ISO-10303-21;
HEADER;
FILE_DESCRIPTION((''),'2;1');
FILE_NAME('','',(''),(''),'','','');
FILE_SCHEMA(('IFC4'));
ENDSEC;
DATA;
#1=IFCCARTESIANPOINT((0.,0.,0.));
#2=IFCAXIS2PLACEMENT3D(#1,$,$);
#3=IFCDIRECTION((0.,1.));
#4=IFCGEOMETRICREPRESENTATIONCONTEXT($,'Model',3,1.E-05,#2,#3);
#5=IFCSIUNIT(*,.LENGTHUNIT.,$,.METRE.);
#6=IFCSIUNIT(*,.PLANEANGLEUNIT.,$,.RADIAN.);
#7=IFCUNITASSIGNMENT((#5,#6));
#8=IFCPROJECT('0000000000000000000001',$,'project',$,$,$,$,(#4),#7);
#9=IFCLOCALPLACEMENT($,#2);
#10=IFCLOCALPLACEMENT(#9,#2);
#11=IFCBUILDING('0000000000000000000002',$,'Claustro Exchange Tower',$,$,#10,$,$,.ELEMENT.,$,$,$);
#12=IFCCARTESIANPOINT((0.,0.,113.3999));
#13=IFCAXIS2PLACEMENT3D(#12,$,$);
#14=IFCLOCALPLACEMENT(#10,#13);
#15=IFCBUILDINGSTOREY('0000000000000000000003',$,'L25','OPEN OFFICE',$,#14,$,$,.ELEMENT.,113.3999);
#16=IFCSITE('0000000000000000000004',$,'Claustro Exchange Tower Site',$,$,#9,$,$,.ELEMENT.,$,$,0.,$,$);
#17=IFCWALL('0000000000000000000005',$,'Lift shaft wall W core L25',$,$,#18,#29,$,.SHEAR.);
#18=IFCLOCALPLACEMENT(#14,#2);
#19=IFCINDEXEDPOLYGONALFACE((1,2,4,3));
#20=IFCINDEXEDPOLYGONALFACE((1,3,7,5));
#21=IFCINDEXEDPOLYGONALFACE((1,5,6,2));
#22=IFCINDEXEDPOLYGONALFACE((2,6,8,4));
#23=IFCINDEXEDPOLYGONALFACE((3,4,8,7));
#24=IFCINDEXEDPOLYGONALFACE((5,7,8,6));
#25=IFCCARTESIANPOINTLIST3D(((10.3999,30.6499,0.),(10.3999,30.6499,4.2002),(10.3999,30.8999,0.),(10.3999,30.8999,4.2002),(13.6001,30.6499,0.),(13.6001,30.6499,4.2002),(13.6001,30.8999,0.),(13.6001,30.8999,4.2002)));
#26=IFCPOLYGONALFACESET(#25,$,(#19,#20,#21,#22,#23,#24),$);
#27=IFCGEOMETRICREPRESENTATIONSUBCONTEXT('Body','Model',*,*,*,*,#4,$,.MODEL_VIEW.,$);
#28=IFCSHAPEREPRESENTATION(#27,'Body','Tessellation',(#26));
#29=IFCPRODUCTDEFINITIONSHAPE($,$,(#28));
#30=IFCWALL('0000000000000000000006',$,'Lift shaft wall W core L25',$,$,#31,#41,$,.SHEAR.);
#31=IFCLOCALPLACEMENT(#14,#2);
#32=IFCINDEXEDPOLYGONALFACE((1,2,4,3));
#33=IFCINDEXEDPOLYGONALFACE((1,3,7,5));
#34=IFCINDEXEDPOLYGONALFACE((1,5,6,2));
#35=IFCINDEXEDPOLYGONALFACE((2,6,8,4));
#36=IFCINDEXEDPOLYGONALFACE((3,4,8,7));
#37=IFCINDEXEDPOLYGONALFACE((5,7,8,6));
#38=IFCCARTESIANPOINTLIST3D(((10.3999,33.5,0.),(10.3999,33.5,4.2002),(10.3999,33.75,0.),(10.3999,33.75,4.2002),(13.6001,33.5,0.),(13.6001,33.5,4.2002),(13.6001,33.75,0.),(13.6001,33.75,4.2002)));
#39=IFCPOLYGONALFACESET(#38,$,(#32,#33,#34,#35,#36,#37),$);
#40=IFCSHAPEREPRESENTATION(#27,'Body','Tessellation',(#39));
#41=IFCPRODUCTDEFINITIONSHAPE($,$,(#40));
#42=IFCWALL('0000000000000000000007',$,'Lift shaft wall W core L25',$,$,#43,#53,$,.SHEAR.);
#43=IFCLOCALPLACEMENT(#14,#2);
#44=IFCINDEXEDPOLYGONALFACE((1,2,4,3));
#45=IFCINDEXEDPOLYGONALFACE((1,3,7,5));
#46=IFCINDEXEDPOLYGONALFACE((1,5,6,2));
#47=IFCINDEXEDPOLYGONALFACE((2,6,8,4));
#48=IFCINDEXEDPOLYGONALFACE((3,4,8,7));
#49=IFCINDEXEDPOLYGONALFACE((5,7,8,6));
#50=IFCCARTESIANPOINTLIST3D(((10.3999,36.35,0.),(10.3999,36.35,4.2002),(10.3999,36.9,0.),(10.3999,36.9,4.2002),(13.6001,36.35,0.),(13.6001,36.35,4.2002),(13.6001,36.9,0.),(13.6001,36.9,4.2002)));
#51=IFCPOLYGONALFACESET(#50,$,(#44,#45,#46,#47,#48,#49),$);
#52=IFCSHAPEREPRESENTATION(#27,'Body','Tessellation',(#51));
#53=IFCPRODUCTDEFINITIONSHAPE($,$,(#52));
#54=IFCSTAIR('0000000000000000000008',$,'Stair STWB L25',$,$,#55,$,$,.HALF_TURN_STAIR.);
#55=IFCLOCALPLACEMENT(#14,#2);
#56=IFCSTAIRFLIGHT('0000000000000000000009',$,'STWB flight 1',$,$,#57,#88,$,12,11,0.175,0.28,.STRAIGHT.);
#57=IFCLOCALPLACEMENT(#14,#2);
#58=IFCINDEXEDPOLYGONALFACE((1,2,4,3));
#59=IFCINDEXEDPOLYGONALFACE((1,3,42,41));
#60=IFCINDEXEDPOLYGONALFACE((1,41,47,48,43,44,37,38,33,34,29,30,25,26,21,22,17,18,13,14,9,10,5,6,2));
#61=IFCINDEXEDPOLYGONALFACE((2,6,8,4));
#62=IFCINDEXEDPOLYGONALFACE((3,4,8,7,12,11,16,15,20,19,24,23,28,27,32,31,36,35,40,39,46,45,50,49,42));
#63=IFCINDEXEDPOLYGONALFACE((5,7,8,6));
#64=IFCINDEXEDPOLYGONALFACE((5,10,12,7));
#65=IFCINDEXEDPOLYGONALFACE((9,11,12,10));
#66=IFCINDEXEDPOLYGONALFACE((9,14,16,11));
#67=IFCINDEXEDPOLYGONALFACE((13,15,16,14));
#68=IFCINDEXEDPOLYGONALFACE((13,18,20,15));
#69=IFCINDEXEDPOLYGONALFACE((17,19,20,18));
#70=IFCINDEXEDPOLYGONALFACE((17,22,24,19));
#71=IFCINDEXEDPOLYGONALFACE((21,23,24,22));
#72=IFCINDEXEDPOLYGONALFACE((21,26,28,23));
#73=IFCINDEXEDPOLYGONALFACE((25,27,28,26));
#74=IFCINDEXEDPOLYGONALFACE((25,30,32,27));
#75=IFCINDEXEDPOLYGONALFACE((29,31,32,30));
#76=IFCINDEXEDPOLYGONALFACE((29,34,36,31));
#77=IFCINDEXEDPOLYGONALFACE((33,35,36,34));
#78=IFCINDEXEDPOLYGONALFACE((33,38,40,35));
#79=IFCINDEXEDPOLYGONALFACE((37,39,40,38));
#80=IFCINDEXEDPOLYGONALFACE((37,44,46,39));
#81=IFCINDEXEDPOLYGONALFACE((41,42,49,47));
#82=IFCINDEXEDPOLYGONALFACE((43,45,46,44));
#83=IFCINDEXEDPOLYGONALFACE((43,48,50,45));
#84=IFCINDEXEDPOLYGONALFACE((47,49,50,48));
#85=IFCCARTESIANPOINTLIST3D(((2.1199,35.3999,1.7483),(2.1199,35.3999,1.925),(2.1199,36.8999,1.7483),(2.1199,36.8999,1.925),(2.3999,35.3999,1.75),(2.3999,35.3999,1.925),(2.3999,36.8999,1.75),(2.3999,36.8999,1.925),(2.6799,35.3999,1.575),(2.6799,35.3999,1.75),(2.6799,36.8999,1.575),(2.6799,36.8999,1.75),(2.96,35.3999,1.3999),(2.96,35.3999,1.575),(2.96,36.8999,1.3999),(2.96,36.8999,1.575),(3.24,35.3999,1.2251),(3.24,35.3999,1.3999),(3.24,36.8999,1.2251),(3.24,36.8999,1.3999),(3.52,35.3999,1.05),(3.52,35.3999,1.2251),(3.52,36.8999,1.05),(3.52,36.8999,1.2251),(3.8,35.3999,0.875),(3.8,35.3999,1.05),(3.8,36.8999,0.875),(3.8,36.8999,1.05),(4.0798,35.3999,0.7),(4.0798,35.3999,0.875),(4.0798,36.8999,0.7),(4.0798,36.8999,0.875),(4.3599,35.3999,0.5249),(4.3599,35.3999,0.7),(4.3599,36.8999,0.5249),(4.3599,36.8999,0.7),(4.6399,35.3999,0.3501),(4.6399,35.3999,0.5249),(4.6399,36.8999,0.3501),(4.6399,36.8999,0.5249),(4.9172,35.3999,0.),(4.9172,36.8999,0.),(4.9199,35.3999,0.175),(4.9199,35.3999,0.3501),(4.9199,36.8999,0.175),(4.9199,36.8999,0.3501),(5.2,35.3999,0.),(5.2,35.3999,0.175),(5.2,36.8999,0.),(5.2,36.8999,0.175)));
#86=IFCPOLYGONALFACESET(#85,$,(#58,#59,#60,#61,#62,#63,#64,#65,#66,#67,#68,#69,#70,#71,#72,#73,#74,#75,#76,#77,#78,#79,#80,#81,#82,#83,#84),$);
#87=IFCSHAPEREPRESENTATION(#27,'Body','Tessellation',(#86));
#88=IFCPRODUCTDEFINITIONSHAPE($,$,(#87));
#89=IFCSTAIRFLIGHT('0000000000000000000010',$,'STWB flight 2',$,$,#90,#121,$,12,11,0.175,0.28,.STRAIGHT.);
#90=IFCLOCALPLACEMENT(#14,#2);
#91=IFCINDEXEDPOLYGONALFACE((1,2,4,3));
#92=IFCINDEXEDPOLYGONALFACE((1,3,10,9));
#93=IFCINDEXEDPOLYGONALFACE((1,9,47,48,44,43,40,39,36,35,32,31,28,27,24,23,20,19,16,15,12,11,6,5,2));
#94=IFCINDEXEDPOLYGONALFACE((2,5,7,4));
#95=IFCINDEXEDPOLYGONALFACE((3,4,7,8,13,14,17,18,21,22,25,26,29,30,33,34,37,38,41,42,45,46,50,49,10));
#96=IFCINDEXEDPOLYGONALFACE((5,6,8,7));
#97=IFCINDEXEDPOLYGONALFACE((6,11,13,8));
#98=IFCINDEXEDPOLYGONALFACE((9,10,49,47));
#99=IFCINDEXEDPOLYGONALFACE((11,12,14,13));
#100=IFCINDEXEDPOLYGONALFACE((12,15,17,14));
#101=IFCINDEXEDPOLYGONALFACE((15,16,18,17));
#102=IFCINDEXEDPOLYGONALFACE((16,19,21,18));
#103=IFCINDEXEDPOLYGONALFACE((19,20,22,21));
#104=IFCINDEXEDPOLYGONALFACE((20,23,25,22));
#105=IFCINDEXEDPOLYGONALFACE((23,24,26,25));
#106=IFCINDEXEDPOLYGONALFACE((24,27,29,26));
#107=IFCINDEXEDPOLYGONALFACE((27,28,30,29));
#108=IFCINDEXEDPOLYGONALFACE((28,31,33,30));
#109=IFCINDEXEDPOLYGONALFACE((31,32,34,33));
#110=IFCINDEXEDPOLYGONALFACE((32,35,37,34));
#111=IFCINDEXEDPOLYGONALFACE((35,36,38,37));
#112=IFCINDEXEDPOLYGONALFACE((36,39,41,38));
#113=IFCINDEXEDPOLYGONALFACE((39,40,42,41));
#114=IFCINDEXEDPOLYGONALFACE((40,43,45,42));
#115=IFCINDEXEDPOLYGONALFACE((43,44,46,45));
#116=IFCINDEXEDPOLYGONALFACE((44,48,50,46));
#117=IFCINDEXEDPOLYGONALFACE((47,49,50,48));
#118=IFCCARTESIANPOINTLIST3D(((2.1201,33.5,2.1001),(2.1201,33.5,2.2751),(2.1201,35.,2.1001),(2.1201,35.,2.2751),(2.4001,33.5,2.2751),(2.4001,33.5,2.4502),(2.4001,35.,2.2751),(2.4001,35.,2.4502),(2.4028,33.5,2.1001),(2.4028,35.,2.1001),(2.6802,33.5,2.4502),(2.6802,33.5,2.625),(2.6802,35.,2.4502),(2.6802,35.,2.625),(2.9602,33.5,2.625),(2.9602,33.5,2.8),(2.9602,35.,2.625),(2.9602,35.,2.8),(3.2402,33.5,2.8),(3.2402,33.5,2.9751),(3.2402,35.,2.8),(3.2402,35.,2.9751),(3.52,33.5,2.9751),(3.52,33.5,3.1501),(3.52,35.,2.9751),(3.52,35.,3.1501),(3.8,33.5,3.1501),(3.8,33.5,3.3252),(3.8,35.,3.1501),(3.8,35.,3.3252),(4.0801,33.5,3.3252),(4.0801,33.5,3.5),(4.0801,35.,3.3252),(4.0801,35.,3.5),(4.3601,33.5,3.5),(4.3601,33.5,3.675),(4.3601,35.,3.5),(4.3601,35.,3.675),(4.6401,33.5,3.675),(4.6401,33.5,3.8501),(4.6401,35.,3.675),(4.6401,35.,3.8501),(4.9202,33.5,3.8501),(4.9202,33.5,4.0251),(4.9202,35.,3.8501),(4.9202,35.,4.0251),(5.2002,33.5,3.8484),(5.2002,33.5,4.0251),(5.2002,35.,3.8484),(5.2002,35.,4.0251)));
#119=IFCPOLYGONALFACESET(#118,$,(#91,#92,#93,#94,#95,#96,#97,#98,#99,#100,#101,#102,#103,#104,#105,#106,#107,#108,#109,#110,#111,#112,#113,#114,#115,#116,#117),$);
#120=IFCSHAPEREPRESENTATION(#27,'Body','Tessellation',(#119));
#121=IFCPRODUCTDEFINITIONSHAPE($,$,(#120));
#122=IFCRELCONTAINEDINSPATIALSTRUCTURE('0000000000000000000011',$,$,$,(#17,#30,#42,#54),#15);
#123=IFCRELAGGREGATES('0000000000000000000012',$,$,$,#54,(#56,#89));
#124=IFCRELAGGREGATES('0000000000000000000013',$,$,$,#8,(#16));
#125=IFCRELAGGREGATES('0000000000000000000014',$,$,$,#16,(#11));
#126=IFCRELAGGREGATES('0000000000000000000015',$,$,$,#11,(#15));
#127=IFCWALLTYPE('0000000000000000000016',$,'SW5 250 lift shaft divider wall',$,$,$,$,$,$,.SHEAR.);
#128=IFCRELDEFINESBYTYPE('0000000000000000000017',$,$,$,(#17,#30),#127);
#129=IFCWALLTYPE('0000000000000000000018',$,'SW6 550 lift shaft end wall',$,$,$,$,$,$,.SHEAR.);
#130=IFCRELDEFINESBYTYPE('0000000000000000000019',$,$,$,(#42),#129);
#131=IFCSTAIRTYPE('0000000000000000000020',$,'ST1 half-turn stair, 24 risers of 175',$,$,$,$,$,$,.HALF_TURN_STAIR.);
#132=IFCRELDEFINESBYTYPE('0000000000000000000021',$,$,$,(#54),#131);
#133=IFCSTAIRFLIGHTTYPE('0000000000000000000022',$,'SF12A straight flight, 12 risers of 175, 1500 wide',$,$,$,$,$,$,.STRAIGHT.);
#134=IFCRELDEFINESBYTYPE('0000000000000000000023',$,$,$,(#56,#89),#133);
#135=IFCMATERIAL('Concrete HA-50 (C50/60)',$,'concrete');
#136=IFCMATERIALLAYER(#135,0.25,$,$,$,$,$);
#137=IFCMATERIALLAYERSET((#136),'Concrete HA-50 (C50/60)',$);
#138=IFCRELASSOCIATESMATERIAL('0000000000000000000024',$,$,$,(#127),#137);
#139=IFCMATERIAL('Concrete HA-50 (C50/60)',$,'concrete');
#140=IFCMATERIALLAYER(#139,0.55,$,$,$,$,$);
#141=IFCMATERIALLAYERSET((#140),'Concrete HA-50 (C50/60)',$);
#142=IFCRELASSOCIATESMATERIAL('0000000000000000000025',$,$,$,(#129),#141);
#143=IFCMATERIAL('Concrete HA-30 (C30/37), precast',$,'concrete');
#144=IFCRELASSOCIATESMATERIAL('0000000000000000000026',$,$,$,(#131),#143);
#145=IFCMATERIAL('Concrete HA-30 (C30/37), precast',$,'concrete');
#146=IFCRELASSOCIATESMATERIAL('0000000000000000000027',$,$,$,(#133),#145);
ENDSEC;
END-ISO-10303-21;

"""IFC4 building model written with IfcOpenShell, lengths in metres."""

from ifc_helpers import new_model, si_unit, direction, frame, frame_2d, origin, place, context, subcontext, project, spatial, polyline, rectangle, outline, extrude, material, layer, layer_set, type_object, element, aggregate, save


model = new_model("IFC4")

# Units and contexts
model_context = context("Model", 3, precision=1e-05, world=origin(), true_north=direction((0.0, 1.0)))
body_context = subcontext(model_context, "Body", "Model", "MODEL_VIEW")
ifc_project = project(units=[si_unit("LENGTHUNIT", "METRE"), si_unit("PLANEANGLEUNIT", "RADIAN")], contexts=[model_context])

# Site, building, storey
site_placement = place(None, origin())
site = spatial("IfcSite", under=ifc_project, at=site_placement, Name="Claustro Exchange Tower Site", CompositionType="ELEMENT", RefElevation=0.0)
building_placement = place(site_placement, origin())
building = spatial("IfcBuilding", under=site, at=building_placement, Name="Claustro Exchange Tower", CompositionType="ELEMENT")
storey_placement = place(building_placement, frame((0.0, 0.0, 113.3999)))
storey = spatial("IfcBuildingStorey", under=building, at=storey_placement, Name="L25", Description="OPEN OFFICE", CompositionType="ELEMENT", Elevation=113.3999)

# Walls
ifc_material_1 = material(Name="Concrete HA-50 (C50/60)", Category="concrete")
ifc_layer_1 = layer(ifc_material_1, 0.25)
ifc_layer_set_1 = layer_set([ifc_layer_1], Name="Concrete HA-50 (C50/60)")
wall_type_1 = type_object("IfcWallType", Name="SW5 250 lift shaft divider wall", PredefinedType="SHEAR", material=ifc_layer_set_1)
for number, where, z_axis, x_axis, name in (
    (1, (10.3999, 30.7749, 0.0), (0.0, 0.0, 1.0), (1.0, 0.0, 0.0), "Lift shaft wall W core L25"),
    (2, (10.3999, 33.625, 0.0), (0.0, 0.0, 1.0), (1.0, 0.0, 0.0), "Lift shaft wall W core L25"),
):
    element("IfcWall", number, at=place(storey_placement, frame(where, z_axis=z_axis, x_axis=x_axis)), inside=storey, type_object=wall_type_1, Name=name, PredefinedType="SHEAR", context=body_context, shape_type="SweptSolid", body=[
        extrude(rectangle(XDim=3.2002, YDim=0.25, at=frame_2d((1.6001, 0.0))), origin(), (0.0, 0.0, 1.0), 4.2002),
    ])
ifc_material_2 = material(Name="Concrete HA-50 (C50/60)", Category="concrete")
ifc_layer_2 = layer(ifc_material_2, 0.55)
ifc_layer_set_2 = layer_set([ifc_layer_2], Name="Concrete HA-50 (C50/60)")
wall_type_2 = type_object("IfcWallType", Name="SW6 550 lift shaft end wall", PredefinedType="SHEAR", material=ifc_layer_set_2)
wall_1_placement = place(storey_placement, frame((10.3999, 36.625, 0.0), z_axis=(0.0, 0.0, 1.0), x_axis=(1.0, 0.0, 0.0)))
element("IfcWall", 3, at=wall_1_placement, inside=storey, type_object=wall_type_2, Name="Lift shaft wall W core L25", PredefinedType="SHEAR", context=body_context, shape_type="SweptSolid", body=[
    extrude(rectangle(XDim=3.2002, YDim=0.55, at=frame_2d((1.6001, 0.0))), origin(), (0.0, 0.0, 1.0), 4.2002),
])

# Stair, stair flights
ifc_material_3 = material(Name="Concrete HA-30 (C30/37), precast", Category="concrete")
stair_type = type_object("IfcStairType", Name="ST1 half-turn stair, 24 risers of 175", PredefinedType="HALF_TURN_STAIR", material=ifc_material_3)
stair_placement = place(storey_placement, origin())
stair = element("IfcStair", 4, at=stair_placement, inside=storey, type_object=stair_type, Name="Stair STWB L25", PredefinedType="HALF_TURN_STAIR")
ifc_material_4 = material(Name="Concrete HA-30 (C30/37), precast", Category="concrete")
stair_flight_type = type_object("IfcStairFlightType", Name="SF12A straight flight, 12 risers of 175, 1500 wide", PredefinedType="STRAIGHT", material=ifc_material_4)
stair_flight_1_placement = place(storey_placement, frame((5.2, 36.1499, 0.0), z_axis=(0.0, 0.0, 1.0), x_axis=(-1.0, 0.0, 0.0)))
stair_flight_1 = element("IfcStairFlight", 5, at=stair_flight_1_placement, type_object=stair_flight_type, Name="STWB flight 1", NumberOfRisers=12, NumberOfTreads=11, PredefinedType="STRAIGHT", RiserHeight=0.175, TreadLength=0.28, context=body_context, shape_type="SweptSolid", body=[
    extrude(outline(polyline([(0.0, 0.0), (0.0, 0.175), (0.28, 0.175), (0.28, 0.3501), (0.5601, 0.3501), (0.5601, 0.5249), (0.8401, 0.5249), (0.8401, 0.7), (1.1201, 0.7), (1.1201, 0.875), (1.3999, 0.875), (1.3999, 1.05), (1.6799, 1.05), (1.6799, 1.2251), (1.96, 1.2251), (1.96, 1.3999), (2.24, 1.3999), (2.24, 1.575), (2.52, 1.575), (2.52, 1.75), (2.8, 1.75), (2.8, 1.925), (3.0801, 1.925), (3.0801, 2.1001), (3.0801, 1.7483), (0.2827, 0.0), (0.0, 0.0)])), frame((0.0, 0.75, 0.0), z_axis=(0.0, -1.0, 0.0), x_axis=(1.0, 0.0, 0.0)), (0.0, 0.0, 1.0), 1.5),
])
stair_flight_2_placement = place(storey_placement, frame((2.1201, 34.25, 2.1001), z_axis=(0.0, 0.0, 1.0), x_axis=(1.0, 0.0, 0.0)))
stair_flight_2 = element("IfcStairFlight", 6, at=stair_flight_2_placement, type_object=stair_flight_type, Name="STWB flight 2", NumberOfRisers=12, NumberOfTreads=11, PredefinedType="STRAIGHT", RiserHeight=0.175, TreadLength=0.28, context=body_context, shape_type="SweptSolid", body=[
    extrude(outline(polyline([(0.0, 0.0), (0.0, 0.175), (0.28, 0.175), (0.28, 0.3501), (0.5601, 0.3501), (0.5601, 0.5249), (0.8401, 0.5249), (0.8401, 0.7), (1.1201, 0.7), (1.1201, 0.875), (1.3999, 0.875), (1.3999, 1.05), (1.6799, 1.05), (1.6799, 1.2251), (1.96, 1.2251), (1.96, 1.3999), (2.24, 1.3999), (2.24, 1.575), (2.52, 1.575), (2.52, 1.75), (2.8, 1.75), (2.8, 1.925), (3.0801, 1.925), (3.0801, 2.1001), (3.0801, 1.7483), (0.2827, 0.0), (0.0, 0.0)])), frame((0.0, 0.75, 0.0), z_axis=(0.0, -1.0, 0.0), x_axis=(1.0, 0.0, 0.0)), (0.0, 0.0, 1.0), 1.5),
])
aggregate(stair, [stair_flight_1, stair_flight_2])

save(model, "model.ifc")
